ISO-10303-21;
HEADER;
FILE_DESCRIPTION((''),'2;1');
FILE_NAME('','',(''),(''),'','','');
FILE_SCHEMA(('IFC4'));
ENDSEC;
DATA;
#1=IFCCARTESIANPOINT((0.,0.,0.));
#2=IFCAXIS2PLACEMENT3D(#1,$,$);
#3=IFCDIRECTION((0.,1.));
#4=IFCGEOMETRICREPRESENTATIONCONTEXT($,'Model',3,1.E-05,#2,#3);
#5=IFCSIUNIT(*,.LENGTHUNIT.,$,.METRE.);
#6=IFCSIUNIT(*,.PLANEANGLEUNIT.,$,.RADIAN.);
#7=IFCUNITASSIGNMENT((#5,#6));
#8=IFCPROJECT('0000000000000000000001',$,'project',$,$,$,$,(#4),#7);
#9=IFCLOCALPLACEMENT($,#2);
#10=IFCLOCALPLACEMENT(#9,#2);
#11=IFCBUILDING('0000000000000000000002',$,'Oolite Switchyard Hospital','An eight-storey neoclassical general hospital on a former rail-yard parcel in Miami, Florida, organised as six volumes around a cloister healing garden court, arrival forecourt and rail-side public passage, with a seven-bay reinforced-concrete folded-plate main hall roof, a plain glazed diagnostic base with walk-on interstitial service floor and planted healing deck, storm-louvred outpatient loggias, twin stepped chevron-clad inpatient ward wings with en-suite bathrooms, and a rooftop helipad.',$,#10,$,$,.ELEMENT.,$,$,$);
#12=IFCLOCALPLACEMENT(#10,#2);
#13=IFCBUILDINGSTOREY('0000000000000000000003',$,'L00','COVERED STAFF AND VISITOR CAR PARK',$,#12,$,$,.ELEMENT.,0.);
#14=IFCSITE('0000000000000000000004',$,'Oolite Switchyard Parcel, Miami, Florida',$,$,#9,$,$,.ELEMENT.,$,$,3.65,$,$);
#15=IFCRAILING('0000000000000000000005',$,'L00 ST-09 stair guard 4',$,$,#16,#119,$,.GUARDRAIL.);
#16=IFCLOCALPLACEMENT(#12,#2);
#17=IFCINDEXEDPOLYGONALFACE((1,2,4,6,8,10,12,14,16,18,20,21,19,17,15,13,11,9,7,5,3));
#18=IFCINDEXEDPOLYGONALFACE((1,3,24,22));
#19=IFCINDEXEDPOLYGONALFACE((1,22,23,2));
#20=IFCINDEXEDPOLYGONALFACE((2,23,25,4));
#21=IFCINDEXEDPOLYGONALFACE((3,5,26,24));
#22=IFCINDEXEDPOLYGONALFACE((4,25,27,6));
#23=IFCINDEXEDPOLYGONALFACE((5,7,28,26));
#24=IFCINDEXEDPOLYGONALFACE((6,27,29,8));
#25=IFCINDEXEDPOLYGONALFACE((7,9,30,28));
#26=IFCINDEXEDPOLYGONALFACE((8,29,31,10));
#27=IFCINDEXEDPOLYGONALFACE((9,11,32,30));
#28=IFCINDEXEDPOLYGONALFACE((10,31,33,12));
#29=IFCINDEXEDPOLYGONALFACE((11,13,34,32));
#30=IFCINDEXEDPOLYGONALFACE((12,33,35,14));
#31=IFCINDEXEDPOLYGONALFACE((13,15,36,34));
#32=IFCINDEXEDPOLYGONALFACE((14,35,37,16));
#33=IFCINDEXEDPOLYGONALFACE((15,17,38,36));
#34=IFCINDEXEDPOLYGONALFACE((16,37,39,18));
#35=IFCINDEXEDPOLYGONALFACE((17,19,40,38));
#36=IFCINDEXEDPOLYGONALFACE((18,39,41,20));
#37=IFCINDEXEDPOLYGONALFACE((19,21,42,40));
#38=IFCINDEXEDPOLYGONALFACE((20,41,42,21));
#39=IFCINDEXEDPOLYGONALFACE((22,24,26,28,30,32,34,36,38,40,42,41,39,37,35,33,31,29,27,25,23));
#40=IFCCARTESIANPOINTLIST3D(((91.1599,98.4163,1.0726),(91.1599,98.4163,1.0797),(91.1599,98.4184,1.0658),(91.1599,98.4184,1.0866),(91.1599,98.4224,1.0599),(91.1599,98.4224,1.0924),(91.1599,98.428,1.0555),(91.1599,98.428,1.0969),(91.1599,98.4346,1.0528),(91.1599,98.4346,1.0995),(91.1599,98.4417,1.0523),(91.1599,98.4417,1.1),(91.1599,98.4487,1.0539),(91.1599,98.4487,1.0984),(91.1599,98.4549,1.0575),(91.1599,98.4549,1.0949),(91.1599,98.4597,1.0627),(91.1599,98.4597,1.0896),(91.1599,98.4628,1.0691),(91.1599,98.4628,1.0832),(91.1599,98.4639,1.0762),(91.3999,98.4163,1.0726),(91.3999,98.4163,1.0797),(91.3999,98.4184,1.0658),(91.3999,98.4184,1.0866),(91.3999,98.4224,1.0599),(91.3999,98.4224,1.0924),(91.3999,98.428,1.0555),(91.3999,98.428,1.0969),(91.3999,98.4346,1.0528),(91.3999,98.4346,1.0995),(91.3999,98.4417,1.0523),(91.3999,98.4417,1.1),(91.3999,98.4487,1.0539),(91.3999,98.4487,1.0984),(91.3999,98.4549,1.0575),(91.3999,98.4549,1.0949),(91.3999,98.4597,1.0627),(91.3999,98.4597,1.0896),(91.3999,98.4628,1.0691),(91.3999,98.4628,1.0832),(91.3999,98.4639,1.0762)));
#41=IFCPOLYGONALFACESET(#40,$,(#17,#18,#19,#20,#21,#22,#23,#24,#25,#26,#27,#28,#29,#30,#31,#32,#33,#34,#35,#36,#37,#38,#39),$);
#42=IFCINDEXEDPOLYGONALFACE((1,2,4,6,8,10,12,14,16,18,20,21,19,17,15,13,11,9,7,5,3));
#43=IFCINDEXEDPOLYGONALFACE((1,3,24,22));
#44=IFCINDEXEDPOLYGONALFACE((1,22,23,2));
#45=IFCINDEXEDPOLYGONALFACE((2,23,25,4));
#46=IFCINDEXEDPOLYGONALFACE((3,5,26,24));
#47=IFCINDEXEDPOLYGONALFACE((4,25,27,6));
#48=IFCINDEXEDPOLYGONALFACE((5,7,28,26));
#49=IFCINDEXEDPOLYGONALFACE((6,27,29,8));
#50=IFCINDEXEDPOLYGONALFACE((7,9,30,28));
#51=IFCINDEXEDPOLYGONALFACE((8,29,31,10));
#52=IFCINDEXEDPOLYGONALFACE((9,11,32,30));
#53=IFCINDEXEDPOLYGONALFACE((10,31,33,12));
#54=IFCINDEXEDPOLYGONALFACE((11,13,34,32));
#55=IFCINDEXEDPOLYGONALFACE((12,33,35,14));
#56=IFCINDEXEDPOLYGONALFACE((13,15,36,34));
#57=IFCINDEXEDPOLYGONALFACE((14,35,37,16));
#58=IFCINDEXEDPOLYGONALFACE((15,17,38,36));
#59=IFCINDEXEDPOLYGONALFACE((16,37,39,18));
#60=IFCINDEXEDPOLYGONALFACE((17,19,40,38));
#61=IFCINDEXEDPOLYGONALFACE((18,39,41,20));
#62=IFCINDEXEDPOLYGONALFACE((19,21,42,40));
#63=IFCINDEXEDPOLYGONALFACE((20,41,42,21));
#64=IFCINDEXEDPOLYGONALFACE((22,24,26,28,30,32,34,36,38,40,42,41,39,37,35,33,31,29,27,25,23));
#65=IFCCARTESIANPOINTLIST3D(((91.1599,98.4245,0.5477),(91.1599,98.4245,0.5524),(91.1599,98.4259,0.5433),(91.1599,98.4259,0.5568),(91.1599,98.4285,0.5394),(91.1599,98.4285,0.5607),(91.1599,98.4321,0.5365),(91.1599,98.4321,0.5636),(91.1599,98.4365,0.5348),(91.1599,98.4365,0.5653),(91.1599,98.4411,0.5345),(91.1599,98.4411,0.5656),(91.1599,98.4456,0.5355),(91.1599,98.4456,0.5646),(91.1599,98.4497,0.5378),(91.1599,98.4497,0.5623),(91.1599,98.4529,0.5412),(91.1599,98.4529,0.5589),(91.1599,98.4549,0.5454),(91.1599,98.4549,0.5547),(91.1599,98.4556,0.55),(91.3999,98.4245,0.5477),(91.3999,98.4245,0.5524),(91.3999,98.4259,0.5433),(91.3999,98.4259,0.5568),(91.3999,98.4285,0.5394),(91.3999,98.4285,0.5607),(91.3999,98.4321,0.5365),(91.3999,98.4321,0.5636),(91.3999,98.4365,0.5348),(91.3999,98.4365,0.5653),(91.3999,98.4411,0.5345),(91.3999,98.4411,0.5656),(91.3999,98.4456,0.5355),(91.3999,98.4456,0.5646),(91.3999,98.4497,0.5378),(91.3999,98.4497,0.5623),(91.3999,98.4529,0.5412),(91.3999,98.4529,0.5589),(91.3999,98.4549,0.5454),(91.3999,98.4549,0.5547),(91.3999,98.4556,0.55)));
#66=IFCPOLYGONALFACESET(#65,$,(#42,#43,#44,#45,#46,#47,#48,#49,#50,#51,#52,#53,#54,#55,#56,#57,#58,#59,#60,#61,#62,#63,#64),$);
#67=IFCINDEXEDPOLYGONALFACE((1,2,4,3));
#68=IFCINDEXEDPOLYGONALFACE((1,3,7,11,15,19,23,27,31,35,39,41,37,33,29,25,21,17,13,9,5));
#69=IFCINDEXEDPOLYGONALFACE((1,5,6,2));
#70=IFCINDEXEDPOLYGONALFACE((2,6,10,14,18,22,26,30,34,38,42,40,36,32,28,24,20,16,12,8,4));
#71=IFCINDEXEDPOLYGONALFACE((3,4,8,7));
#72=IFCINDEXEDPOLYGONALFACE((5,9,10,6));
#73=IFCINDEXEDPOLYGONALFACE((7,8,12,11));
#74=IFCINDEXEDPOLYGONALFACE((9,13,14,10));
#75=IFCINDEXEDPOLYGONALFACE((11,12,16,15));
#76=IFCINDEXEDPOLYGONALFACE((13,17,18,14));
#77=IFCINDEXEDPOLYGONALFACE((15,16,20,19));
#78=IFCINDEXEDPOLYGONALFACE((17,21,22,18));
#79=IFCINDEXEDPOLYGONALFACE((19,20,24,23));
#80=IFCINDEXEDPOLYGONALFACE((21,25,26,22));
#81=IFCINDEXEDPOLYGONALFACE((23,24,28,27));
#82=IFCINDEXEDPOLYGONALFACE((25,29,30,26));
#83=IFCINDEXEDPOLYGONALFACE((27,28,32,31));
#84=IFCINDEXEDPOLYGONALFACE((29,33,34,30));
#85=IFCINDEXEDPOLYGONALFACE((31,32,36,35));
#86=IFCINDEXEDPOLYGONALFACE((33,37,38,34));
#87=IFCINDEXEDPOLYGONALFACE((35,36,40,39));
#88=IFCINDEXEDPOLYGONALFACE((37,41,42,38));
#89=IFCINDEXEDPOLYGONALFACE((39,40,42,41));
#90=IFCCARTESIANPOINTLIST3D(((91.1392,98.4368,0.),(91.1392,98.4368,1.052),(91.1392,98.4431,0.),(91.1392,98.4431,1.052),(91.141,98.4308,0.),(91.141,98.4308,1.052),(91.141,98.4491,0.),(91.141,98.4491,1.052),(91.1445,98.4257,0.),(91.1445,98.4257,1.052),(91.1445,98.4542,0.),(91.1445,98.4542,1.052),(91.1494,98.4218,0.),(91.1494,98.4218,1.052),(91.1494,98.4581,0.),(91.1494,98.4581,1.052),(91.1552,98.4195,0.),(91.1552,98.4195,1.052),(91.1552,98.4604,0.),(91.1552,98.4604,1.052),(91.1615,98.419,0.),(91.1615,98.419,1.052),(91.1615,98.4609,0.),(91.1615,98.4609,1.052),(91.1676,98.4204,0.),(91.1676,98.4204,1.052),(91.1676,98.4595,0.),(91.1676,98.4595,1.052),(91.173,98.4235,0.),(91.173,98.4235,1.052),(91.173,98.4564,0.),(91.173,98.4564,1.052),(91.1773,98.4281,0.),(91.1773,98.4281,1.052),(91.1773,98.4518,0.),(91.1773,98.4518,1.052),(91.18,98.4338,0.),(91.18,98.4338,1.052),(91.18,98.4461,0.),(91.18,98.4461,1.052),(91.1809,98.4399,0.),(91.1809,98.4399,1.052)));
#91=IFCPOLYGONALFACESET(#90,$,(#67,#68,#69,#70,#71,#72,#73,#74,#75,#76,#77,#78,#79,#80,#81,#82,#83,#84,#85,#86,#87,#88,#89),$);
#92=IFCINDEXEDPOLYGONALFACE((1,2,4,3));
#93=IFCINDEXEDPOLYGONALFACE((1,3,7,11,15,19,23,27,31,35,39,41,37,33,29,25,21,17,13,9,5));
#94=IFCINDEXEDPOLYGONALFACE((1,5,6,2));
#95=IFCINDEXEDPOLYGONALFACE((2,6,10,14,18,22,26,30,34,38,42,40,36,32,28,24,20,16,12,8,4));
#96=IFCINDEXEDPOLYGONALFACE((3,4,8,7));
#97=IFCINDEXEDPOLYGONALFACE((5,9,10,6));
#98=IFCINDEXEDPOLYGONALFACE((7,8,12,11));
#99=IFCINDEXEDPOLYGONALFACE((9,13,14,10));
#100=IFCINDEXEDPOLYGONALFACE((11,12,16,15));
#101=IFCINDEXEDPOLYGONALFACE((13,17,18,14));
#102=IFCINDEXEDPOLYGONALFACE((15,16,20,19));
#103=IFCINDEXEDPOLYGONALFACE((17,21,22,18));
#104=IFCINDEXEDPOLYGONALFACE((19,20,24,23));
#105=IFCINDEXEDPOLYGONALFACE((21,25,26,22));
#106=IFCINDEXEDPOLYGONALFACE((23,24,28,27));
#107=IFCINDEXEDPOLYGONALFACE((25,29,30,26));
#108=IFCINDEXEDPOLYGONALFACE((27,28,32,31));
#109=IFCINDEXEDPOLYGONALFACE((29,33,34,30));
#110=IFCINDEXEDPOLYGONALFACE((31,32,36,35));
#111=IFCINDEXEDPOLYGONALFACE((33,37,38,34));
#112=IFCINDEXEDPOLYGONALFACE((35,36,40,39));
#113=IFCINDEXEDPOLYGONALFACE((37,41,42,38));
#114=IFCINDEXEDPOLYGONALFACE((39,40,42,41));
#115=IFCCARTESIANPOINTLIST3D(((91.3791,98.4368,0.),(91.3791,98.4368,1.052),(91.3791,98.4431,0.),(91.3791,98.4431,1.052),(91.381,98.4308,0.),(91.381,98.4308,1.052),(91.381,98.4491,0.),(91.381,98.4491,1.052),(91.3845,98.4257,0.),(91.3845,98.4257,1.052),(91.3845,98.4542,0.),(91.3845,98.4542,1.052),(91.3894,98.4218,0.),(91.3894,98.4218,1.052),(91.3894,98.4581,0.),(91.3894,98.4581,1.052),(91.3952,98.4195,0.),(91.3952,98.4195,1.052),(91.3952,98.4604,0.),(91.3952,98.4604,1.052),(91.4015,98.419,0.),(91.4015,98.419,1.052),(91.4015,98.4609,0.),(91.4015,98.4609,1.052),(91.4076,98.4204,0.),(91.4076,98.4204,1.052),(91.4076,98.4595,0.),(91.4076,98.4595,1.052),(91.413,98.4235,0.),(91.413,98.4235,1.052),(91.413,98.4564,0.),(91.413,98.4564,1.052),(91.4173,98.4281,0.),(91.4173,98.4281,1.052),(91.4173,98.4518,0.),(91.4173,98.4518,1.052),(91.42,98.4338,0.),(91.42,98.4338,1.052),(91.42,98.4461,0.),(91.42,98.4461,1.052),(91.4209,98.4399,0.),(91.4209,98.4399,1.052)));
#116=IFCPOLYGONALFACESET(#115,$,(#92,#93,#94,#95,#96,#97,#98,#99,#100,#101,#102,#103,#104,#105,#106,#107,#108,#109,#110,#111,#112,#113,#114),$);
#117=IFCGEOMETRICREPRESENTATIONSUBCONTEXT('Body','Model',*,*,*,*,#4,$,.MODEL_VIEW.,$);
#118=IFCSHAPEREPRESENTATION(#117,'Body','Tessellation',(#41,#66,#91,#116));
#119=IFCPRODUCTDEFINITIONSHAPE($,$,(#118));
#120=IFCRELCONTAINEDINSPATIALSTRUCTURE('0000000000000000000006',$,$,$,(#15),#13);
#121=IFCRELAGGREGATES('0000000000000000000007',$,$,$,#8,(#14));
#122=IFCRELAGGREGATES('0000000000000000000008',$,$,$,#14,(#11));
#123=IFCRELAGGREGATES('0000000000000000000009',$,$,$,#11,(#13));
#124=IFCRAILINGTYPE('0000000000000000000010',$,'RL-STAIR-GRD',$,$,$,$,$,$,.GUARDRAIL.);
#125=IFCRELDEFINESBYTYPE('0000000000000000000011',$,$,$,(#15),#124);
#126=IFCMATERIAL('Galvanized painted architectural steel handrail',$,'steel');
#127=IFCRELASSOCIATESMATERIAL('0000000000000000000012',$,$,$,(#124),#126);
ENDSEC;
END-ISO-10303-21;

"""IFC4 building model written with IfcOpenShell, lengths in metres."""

from ifc_helpers import new_model, si_unit, direction, frame, origin, origin_2d, place, context, subcontext, project, spatial, circle, extrude, material, type_object, element, save


model = new_model("IFC4")

# Units and contexts
model_context = context("Model", 3, precision=1e-05, world=origin(), true_north=direction((0.0, 1.0)))
body_context = subcontext(model_context, "Body", "Model", "MODEL_VIEW")
ifc_project = project(units=[si_unit("LENGTHUNIT", "METRE"), si_unit("PLANEANGLEUNIT", "RADIAN")], contexts=[model_context])

# Site, building, storey
site_placement = place(None, origin())
site = spatial("IfcSite", under=ifc_project, at=site_placement, Name="Oolite Switchyard Parcel, Miami, Florida", CompositionType="ELEMENT", RefElevation=3.65)
building_placement = place(site_placement, origin())
building = spatial("IfcBuilding", under=site, at=building_placement, Name="Oolite Switchyard Hospital", Description="An eight-storey neoclassical general hospital on a former rail-yard parcel in Miami, Florida, organised as six volumes around a cloister healing garden court, arrival forecourt and rail-side public passage, with a seven-bay reinforced-concrete folded-plate main hall roof, a plain glazed diagnostic base with walk-on interstitial service floor and planted healing deck, storm-louvred outpatient loggias, twin stepped chevron-clad inpatient ward wings with en-suite bathrooms, and a rooftop helipad.", CompositionType="ELEMENT")
storey_placement = place(building_placement, origin())
storey = spatial("IfcBuildingStorey", under=building, at=storey_placement, Name="L00", Description="COVERED STAFF AND VISITOR CAR PARK", CompositionType="ELEMENT", Elevation=0.0)

# Railing
ifc_material_1 = material(Name="Galvanized painted architectural steel handrail", Category="steel")
railing_type_1 = type_object("IfcRailingType", Name="RL-STAIR-GRD", PredefinedType="GUARDRAIL", material=ifc_material_1)
railing_1_placement = place(storey_placement, frame((91.1599, 98.4399, 0.0)))
element("IfcRailing", 1, at=railing_1_placement, inside=storey, type_object=railing_type_1, Name="L00 ST-09 stair guard 4", PredefinedType="GUARDRAIL", context=body_context, shape_type="SweptSolid", body=[
    extrude(circle(Radius=0.0239, at=origin_2d()), frame((0.0, 0.0, 1.0762), z_axis=(1.0, 0.0, 0.0), x_axis=(0.0, 1.0, 0.0)), (0.0, 0.0, 1.0), 0.24),
    extrude(circle(Radius=0.0156, at=origin_2d()), frame((0.0, 0.0, 0.55), z_axis=(1.0, 0.0, 0.0), x_axis=(0.0, 1.0, 0.0)), (0.0, 0.0, 1.0), 0.24),
    extrude(circle(Radius=0.021, at=origin_2d()), origin(), (0.0, 0.0, 1.0), 1.052),
    extrude(circle(Radius=0.021, at=origin_2d()), frame((0.24, 0.0, 0.0)), (0.0, 0.0, 1.0), 1.052),
])

save(model, "model.ifc")
